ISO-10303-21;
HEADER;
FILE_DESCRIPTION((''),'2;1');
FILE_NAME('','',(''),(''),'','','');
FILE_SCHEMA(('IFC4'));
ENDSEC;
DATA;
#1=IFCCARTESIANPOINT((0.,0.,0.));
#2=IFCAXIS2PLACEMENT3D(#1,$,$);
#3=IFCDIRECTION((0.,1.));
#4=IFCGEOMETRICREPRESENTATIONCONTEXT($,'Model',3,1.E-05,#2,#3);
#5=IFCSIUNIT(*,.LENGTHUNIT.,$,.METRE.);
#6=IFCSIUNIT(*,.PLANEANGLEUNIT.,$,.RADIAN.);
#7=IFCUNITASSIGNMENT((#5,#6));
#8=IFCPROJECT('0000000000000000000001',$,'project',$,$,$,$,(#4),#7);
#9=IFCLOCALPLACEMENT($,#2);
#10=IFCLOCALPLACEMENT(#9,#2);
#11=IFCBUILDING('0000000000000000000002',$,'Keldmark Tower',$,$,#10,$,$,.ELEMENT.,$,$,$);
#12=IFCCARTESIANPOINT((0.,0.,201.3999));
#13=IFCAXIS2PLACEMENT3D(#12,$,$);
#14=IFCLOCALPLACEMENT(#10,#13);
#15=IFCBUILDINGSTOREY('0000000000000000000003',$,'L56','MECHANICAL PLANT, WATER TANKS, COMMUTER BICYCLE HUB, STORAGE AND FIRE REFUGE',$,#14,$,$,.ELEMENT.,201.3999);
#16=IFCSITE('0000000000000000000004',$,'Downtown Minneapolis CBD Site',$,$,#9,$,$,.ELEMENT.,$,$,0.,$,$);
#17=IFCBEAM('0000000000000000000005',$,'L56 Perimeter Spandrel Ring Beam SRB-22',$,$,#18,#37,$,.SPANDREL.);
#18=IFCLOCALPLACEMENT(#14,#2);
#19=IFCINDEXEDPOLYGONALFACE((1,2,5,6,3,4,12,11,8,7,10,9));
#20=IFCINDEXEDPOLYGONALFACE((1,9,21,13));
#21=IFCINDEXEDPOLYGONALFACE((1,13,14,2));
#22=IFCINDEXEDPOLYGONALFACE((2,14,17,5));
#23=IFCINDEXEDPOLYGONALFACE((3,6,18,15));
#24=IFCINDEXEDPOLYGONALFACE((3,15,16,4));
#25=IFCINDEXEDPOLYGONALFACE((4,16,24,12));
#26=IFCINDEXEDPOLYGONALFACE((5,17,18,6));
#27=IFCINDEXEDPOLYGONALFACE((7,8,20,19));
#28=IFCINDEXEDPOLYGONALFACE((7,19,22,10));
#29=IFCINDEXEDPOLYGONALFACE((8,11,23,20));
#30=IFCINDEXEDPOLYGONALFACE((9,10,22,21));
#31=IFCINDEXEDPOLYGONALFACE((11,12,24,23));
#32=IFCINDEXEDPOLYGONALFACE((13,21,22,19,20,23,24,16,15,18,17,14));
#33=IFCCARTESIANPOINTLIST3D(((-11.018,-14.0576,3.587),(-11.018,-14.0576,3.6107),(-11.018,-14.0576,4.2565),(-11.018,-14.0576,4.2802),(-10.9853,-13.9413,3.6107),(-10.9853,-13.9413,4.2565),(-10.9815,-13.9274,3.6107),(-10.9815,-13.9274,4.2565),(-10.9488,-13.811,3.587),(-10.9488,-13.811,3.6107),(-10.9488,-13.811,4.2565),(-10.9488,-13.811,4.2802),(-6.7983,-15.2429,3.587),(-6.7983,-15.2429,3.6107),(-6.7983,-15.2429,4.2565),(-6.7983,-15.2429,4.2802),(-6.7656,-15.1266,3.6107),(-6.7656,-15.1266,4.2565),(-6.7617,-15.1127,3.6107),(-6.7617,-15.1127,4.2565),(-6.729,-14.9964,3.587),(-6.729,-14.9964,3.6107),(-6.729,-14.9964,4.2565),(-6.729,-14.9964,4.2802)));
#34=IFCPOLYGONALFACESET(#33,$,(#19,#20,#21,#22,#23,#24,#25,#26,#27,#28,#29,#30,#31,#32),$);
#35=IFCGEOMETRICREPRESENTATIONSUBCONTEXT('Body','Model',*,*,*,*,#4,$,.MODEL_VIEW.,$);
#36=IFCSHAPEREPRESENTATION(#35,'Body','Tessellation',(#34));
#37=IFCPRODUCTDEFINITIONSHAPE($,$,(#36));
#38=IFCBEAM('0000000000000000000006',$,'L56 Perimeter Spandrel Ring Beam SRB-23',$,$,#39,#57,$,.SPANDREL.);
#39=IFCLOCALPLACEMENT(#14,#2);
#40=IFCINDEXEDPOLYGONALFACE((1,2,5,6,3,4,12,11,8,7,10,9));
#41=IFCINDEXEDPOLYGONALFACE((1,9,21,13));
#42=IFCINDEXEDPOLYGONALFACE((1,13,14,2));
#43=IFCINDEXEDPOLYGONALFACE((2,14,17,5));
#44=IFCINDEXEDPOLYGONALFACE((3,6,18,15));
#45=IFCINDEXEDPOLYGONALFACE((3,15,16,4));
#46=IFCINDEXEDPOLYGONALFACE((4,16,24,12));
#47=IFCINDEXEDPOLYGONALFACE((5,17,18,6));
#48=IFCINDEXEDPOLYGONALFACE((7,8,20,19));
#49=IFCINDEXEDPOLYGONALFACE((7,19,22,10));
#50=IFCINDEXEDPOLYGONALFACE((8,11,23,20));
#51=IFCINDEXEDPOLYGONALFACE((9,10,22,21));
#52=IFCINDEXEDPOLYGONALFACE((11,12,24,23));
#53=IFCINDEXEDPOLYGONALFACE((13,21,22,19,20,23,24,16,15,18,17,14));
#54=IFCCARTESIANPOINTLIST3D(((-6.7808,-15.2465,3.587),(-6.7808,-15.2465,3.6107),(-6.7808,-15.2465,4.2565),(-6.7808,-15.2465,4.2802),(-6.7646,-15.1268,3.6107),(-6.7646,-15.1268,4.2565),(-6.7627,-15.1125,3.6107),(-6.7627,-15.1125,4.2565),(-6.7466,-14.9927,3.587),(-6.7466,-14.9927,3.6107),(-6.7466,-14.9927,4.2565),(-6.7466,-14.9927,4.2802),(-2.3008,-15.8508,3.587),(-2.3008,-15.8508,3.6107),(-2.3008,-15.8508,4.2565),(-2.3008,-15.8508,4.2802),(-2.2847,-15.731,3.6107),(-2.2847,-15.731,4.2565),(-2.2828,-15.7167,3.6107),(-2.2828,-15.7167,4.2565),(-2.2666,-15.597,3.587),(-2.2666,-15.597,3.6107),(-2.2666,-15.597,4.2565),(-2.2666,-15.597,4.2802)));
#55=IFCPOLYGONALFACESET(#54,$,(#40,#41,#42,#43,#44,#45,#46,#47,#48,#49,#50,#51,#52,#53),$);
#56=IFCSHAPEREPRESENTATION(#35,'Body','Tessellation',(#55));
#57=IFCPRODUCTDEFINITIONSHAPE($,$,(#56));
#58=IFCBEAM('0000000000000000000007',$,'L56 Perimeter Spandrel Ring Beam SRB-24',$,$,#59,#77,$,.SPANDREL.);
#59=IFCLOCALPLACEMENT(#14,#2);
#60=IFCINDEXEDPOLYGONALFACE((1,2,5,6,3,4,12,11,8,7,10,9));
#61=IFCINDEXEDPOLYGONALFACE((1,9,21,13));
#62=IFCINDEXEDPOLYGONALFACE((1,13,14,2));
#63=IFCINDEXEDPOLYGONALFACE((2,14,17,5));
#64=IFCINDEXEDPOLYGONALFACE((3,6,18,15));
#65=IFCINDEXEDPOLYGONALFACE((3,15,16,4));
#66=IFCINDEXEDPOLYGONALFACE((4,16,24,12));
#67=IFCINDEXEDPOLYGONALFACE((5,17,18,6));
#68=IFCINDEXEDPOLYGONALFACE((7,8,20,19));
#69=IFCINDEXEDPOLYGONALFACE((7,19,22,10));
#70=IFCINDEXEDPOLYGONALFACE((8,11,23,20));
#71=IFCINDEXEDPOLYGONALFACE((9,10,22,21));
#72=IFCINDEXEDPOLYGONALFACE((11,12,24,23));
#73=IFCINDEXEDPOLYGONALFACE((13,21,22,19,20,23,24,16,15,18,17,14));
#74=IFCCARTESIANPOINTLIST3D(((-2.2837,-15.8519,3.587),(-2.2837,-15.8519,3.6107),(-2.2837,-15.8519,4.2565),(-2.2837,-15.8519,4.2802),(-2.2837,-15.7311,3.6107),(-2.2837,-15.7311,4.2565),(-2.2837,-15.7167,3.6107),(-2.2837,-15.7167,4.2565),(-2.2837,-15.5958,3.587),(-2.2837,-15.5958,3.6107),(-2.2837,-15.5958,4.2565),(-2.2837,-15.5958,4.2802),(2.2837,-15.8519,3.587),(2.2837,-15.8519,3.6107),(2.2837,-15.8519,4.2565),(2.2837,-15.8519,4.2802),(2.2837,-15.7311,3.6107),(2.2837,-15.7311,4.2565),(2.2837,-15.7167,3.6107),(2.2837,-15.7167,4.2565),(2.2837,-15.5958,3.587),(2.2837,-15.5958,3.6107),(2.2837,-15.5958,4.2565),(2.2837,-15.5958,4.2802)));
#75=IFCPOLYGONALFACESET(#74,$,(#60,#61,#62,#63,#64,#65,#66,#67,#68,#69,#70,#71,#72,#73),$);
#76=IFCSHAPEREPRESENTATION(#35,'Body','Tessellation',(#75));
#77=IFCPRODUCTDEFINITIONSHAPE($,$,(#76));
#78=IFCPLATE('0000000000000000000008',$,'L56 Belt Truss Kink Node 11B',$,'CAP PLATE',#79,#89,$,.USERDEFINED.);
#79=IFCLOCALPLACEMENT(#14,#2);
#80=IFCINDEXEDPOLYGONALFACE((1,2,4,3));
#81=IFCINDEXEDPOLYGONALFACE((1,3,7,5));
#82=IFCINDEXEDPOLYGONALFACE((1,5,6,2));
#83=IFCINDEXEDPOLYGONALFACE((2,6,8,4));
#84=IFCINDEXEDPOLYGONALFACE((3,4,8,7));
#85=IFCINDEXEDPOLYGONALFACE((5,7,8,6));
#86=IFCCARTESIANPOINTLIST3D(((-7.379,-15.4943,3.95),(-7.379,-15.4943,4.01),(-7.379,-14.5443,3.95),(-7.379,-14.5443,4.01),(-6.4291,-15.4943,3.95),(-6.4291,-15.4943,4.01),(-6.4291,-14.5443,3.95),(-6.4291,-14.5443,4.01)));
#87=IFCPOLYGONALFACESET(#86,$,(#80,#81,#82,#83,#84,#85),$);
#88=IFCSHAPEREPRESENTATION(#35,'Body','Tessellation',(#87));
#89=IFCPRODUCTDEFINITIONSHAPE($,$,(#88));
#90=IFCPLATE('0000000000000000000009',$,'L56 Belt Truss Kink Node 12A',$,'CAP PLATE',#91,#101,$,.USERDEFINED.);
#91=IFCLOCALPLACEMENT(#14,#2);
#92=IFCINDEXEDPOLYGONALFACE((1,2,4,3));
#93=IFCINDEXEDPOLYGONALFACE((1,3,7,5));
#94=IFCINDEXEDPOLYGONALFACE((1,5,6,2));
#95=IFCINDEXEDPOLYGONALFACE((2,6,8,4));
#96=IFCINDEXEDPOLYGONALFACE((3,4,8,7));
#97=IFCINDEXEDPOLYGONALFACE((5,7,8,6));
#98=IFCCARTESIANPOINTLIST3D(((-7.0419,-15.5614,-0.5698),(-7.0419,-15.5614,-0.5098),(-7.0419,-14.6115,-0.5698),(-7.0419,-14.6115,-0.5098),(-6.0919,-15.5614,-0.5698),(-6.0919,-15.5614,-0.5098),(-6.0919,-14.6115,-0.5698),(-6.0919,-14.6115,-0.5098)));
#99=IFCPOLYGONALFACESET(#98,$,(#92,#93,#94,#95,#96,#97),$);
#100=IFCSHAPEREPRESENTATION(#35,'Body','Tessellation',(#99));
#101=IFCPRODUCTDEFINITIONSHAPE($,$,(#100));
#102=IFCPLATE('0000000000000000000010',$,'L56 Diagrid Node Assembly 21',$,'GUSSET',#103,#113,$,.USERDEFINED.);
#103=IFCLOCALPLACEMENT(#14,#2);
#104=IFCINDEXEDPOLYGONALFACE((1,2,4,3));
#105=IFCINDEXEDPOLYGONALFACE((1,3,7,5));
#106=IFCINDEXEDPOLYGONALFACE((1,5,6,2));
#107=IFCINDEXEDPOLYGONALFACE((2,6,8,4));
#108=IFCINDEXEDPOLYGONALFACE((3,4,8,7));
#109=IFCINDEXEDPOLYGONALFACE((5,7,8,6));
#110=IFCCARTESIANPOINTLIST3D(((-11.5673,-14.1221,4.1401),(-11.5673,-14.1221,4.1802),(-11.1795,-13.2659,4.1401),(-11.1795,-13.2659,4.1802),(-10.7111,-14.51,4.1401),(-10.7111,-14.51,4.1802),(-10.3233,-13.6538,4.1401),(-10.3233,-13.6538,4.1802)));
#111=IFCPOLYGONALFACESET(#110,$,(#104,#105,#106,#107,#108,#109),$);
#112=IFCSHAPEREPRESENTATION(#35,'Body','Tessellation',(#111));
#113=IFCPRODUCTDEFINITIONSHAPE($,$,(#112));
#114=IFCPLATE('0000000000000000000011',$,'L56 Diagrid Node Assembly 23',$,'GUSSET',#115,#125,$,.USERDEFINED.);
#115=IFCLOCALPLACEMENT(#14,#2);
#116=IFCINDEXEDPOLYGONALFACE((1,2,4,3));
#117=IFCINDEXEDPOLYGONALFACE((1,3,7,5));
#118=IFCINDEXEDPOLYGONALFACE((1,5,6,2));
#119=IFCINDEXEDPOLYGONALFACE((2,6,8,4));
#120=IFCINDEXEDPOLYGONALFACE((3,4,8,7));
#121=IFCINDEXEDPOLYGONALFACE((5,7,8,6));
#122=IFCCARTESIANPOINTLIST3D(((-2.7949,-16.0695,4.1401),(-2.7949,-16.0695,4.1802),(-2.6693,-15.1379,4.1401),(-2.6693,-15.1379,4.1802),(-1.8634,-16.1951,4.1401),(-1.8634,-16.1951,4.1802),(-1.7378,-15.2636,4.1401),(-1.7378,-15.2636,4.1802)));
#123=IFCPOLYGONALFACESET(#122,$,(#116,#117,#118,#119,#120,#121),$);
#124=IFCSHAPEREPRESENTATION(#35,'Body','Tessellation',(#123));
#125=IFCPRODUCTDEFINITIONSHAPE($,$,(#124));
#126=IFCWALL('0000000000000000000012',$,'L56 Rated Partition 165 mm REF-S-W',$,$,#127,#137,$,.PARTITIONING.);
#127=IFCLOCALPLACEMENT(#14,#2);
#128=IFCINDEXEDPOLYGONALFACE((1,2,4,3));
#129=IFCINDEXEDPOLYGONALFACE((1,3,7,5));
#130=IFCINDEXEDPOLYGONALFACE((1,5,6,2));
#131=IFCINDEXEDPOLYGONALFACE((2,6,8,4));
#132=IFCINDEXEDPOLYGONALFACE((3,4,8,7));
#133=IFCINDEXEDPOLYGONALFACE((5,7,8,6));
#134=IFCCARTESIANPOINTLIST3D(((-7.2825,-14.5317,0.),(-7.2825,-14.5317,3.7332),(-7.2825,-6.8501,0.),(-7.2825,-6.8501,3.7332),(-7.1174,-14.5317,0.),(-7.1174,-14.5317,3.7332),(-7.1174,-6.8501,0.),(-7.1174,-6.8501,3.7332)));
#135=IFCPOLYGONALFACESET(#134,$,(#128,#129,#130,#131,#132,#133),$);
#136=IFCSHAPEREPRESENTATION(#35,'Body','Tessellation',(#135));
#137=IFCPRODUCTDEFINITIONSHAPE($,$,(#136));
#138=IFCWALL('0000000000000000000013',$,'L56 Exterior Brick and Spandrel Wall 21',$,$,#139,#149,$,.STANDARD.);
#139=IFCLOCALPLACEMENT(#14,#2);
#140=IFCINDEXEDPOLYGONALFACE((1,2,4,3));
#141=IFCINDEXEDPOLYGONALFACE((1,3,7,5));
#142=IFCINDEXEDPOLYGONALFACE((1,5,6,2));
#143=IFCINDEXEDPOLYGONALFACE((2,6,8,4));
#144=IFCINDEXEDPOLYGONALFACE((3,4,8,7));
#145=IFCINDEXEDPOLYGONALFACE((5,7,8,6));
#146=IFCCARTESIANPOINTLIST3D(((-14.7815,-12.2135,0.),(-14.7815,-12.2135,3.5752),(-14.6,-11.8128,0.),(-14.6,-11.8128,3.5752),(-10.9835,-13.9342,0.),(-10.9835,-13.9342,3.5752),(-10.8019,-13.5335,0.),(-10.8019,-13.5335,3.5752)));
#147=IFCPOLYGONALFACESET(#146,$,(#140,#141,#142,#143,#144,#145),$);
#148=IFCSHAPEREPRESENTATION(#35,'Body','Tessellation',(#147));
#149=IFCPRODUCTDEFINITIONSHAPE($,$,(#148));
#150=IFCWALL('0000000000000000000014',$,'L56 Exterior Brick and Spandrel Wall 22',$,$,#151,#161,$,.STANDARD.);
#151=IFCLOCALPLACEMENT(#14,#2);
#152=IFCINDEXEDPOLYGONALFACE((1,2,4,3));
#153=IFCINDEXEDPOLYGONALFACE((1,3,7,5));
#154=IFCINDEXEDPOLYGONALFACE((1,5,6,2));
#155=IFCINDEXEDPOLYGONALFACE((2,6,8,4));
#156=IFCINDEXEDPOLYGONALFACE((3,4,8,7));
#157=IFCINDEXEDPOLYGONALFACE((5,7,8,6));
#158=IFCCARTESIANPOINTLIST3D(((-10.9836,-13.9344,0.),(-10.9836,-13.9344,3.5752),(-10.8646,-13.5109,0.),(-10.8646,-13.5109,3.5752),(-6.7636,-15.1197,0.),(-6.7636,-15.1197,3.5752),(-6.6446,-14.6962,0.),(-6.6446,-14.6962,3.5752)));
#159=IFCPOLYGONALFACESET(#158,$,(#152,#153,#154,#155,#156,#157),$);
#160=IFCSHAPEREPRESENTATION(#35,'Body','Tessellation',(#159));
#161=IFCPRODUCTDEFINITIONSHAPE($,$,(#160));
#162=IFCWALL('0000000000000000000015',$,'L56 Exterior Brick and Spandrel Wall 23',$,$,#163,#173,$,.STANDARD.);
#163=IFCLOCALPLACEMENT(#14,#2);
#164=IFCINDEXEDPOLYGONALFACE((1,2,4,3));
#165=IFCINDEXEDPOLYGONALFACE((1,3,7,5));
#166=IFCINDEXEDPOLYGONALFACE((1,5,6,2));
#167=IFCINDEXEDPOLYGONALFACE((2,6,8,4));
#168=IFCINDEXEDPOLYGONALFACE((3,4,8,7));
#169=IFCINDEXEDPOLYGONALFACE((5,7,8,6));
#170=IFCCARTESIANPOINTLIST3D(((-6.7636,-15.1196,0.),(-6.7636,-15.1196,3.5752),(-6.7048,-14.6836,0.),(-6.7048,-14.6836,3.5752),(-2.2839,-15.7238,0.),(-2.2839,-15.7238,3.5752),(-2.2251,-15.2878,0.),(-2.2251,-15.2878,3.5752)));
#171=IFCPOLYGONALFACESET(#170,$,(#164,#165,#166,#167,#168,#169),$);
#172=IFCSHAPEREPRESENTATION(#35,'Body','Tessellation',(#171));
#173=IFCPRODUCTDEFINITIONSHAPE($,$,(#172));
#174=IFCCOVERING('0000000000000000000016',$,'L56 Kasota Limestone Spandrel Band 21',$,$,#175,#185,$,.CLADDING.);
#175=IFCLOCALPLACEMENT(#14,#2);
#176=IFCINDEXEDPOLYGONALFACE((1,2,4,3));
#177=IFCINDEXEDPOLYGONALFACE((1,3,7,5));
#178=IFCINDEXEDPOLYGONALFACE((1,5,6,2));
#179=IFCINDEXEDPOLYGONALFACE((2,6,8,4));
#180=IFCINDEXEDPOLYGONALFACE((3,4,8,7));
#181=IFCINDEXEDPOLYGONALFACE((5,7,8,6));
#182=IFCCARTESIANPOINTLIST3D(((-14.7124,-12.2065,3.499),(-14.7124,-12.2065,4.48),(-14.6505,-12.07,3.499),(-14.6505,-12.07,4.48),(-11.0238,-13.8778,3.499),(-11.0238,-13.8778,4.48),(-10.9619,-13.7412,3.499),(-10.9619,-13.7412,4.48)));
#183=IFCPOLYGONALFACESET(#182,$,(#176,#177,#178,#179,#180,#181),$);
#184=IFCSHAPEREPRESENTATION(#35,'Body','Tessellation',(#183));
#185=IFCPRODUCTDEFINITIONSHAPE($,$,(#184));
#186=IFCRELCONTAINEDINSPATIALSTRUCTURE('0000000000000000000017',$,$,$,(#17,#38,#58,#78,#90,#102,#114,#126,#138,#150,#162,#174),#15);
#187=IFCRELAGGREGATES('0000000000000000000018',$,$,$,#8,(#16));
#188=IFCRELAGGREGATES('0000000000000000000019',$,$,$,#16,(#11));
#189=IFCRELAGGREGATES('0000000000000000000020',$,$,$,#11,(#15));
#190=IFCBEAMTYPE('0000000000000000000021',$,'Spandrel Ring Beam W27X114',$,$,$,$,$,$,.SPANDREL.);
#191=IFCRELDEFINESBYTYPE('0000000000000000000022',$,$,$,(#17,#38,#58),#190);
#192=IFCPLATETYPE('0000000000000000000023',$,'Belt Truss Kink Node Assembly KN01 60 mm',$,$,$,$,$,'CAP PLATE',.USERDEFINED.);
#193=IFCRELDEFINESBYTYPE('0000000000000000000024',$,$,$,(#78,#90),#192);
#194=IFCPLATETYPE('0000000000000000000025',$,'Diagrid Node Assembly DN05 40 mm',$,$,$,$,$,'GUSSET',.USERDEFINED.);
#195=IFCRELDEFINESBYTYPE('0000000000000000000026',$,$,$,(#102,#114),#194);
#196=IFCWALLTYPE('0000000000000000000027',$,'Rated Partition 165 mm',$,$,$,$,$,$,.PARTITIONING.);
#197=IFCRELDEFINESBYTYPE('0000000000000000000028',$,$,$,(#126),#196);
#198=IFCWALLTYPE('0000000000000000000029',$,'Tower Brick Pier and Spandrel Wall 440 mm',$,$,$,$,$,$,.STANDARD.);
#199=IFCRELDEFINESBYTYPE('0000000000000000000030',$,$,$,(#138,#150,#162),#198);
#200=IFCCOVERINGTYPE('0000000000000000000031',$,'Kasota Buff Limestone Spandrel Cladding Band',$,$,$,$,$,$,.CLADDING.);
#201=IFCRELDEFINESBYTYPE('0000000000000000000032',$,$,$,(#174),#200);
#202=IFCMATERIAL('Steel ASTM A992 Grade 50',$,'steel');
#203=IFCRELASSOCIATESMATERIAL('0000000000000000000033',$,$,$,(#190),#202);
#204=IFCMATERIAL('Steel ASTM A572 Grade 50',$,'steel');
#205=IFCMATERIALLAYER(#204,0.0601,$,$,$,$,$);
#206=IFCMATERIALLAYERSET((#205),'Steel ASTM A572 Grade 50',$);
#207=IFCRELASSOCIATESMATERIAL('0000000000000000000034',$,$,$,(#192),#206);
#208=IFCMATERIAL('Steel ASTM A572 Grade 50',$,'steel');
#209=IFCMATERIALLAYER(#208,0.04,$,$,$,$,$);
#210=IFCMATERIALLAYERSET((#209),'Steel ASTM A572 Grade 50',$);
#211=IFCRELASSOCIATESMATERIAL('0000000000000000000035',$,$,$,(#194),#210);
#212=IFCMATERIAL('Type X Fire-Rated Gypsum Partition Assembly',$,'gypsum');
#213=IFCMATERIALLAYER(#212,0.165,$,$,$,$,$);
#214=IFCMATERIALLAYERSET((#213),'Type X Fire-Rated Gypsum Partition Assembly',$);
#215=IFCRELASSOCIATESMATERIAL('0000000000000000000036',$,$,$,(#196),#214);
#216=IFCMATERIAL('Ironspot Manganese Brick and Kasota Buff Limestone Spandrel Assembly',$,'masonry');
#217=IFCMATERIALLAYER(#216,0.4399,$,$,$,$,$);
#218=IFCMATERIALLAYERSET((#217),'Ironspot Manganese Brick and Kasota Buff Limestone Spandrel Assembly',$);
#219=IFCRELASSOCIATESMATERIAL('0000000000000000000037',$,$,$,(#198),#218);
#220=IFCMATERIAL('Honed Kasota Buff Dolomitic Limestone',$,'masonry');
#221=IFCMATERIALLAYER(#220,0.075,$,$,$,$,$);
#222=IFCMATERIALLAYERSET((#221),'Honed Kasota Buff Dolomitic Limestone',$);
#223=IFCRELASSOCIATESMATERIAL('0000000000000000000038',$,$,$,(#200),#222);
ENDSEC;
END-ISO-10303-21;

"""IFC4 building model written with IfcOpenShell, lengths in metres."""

from ifc_helpers import new_model, si_unit, direction, frame, frame_2d, origin, origin_2d, place, context, subcontext, project, spatial, rectangle, i_section, extrude, material, layer, layer_set, material_profile, profile_set, type_object, element, save


model = new_model("IFC4")

# Units and contexts
model_context = context("Model", 3, precision=1e-05, world=origin(), true_north=direction((0.0, 1.0)))
body_context = subcontext(model_context, "Body", "Model", "MODEL_VIEW")
ifc_project = project(units=[si_unit("LENGTHUNIT", "METRE"), si_unit("PLANEANGLEUNIT", "RADIAN")], contexts=[model_context])

# Site, building, storey
site_placement = place(None, origin())
site = spatial("IfcSite", under=ifc_project, at=site_placement, Name="Downtown Minneapolis CBD Site", CompositionType="ELEMENT", RefElevation=0.0)
building_placement = place(site_placement, origin())
building = spatial("IfcBuilding", under=site, at=building_placement, Name="Keldmark Tower", CompositionType="ELEMENT")
storey_placement = place(building_placement, frame((0.0, 0.0, 201.3999)))
storey = spatial("IfcBuildingStorey", under=building, at=storey_placement, Name="L56", Description="MECHANICAL PLANT, WATER TANKS, COMMUTER BICYCLE HUB, STORAGE AND FIRE REFUGE", CompositionType="ELEMENT", Elevation=201.3999)

# Beams
ifc_material_1 = material(Name="Steel ASTM A992 Grade 50", Category="steel")
ifc_material_profile_1 = material_profile(ifc_material_1, i_section(OverallWidth=0.2561, OverallDepth=0.6931, WebThickness=0.0144, FlangeThickness=0.0237, at=origin_2d()), Name="W27X114")
ifc_profile_set_1 = profile_set([ifc_material_profile_1], Name="Steel ASTM A992 Grade 50")
beam_type_1 = type_object("IfcBeamType", Name="Spandrel Ring Beam W27X114", PredefinedType="SPANDREL", material=ifc_profile_set_1)
beam_1_placement = place(storey_placement, frame((-10.9834, -13.9343, 3.9336), z_axis=(0.96274, -0.270429, 0.0), x_axis=(0.270429, 0.96274, 0.0)))
element("IfcBeam", 1, at=beam_1_placement, inside=storey, type_object=beam_type_1, Name="L56 Perimeter Spandrel Ring Beam SRB-22", PredefinedType="SPANDREL", context=body_context, shape_type="SweptSolid", body=[
    extrude(i_section(OverallWidth=0.2561, OverallDepth=0.6931, WebThickness=0.0144, FlangeThickness=0.0237, at=origin_2d()), origin(), (0.0, 0.0, 1.0), 4.3831),
])
beam_2_placement = place(storey_placement, frame((-6.7637, -15.1196, 3.9336), z_axis=(0.991026, -0.133667, 0.0), x_axis=(0.133667, 0.991026, 0.0)))
element("IfcBeam", 2, at=beam_2_placement, inside=storey, type_object=beam_type_1, Name="L56 Perimeter Spandrel Ring Beam SRB-23", PredefinedType="SPANDREL", context=body_context, shape_type="SweptSolid", body=[
    extrude(i_section(OverallWidth=0.2561, OverallDepth=0.6931, WebThickness=0.0144, FlangeThickness=0.0237, at=origin_2d()), origin(), (0.0, 0.0, 1.0), 4.5205),
])
beam_3_placement = place(storey_placement, frame((-2.2837, -15.7239, 3.9336), z_axis=(1.0, 0.0, 0.0), x_axis=(0.0, 1.0, 0.0)))
element("IfcBeam", 3, at=beam_3_placement, inside=storey, type_object=beam_type_1, Name="L56 Perimeter Spandrel Ring Beam SRB-24", PredefinedType="SPANDREL", context=body_context, shape_type="SweptSolid", body=[
    extrude(i_section(OverallWidth=0.2561, OverallDepth=0.6931, WebThickness=0.0144, FlangeThickness=0.0237, at=origin_2d()), origin(), (0.0, 0.0, 1.0), 4.5674),
])

# Plates
ifc_material_2 = material(Name="Steel ASTM A572 Grade 50", Category="steel")
ifc_layer_1 = layer(ifc_material_2, 0.0601)
ifc_layer_set_1 = layer_set([ifc_layer_1], Name="Steel ASTM A572 Grade 50")
plate_type_1 = type_object("IfcPlateType", Name="Belt Truss Kink Node Assembly KN01 60 mm", ElementType="CAP PLATE", PredefinedType="USERDEFINED", material=ifc_layer_set_1)
for number, where, z_axis, x_axis, name in (
    (4, (-6.9041, -15.0193, 3.95), (0.0, 0.0, 1.0), (1.0, 0.0, 0.0), "L56 Belt Truss Kink Node 11B"),
    (5, (-6.5669, -15.0864, -0.5698), (0.0, 0.0, 1.0), (1.0, 0.0, 0.0), "L56 Belt Truss Kink Node 12A"),
):
    element("IfcPlate", number, at=place(storey_placement, frame(where, z_axis=z_axis, x_axis=x_axis)), inside=storey, type_object=plate_type_1, Name=name, ObjectType="CAP PLATE", PredefinedType="USERDEFINED", context=body_context, shape_type="SweptSolid", body=[
        extrude(rectangle(XDim=0.95, YDim=0.95, at=origin_2d()), origin(), (0.0, 0.0, 1.0), 0.0601),
    ])
ifc_material_3 = material(Name="Steel ASTM A572 Grade 50", Category="steel")
ifc_layer_2 = layer(ifc_material_3, 0.04)
ifc_layer_set_2 = layer_set([ifc_layer_2], Name="Steel ASTM A572 Grade 50")
plate_type_2 = type_object("IfcPlateType", Name="Diagrid Node Assembly DN05 40 mm", ElementType="GUSSET", PredefinedType="USERDEFINED", material=ifc_layer_set_2)
for number, where, z_axis, x_axis, name in (
    (6, (-10.9453, -13.8879, 4.1401), (0.0, 0.0, 1.0), (0.9109, -0.412628, 0.0), "L56 Diagrid Node Assembly 21"),
    (7, (-2.2664, -15.6665, 4.1401), (0.0, 0.0, 1.0), (0.99103, -0.13364, 0.0), "L56 Diagrid Node Assembly 23"),
):
    element("IfcPlate", number, at=place(storey_placement, frame(where, z_axis=z_axis, x_axis=x_axis)), inside=storey, type_object=plate_type_2, Name=name, ObjectType="GUSSET", PredefinedType="USERDEFINED", context=body_context, shape_type="SweptSolid", body=[
        extrude(rectangle(XDim=0.9399, YDim=0.9399, at=origin_2d()), origin(), (0.0, 0.0, 1.0), 0.04),
    ])

# Walls
ifc_material_4 = material(Name="Type X Fire-Rated Gypsum Partition Assembly", Category="gypsum")
ifc_layer_3 = layer(ifc_material_4, 0.165)
ifc_layer_set_3 = layer_set([ifc_layer_3], Name="Type X Fire-Rated Gypsum Partition Assembly")
wall_type_1 = type_object("IfcWallType", Name="Rated Partition 165 mm", PredefinedType="PARTITIONING", material=ifc_layer_set_3)
wall_1_placement = place(storey_placement, frame((-7.2, -14.5317, 0.0), z_axis=(0.0, 0.0, 1.0), x_axis=(0.0, 1.0, 0.0)))
element("IfcWall", 8, at=wall_1_placement, inside=storey, type_object=wall_type_1, Name="L56 Rated Partition 165 mm REF-S-W", PredefinedType="PARTITIONING", context=body_context, shape_type="SweptSolid", body=[
    extrude(rectangle(XDim=7.6816, YDim=0.165, at=frame_2d((3.8408, 0.0))), origin(), (0.0, 0.0, 1.0), 3.7332),
])
ifc_material_5 = material(Name="Ironspot Manganese Brick and Kasota Buff Limestone Spandrel Assembly", Category="masonry")
ifc_layer_4 = layer(ifc_material_5, 0.4399)
ifc_layer_set_4 = layer_set([ifc_layer_4], Name="Ironspot Manganese Brick and Kasota Buff Limestone Spandrel Assembly")
wall_type_2 = type_object("IfcWallType", Name="Tower Brick Pier and Spandrel Wall 440 mm", PredefinedType="STANDARD", material=ifc_layer_set_4)
wall_2_placement = place(storey_placement, frame((-10.8926, -13.7339, 0.0), z_axis=(0.0, 0.0, 1.0), x_axis=(-0.910881, 0.412669, 0.0)))
element("IfcWall", 9, at=wall_2_placement, inside=storey, type_object=wall_type_2, Name="L56 Exterior Brick and Spandrel Wall 21", PredefinedType="STANDARD", context=body_context, shape_type="SweptSolid", body=[
    extrude(rectangle(XDim=4.1697, YDim=0.4399, at=frame_2d((2.085, 0.0))), origin(), (0.0, 0.0, 1.0), 3.5752),
])
wall_3_placement = place(storey_placement, frame((-6.7041, -14.908, 0.0), z_axis=(0.0, 0.0, 1.0), x_axis=(-0.962744, 0.270415, 0.0)))
element("IfcWall", 10, at=wall_3_placement, inside=storey, type_object=wall_type_2, Name="L56 Exterior Brick and Spandrel Wall 22", PredefinedType="STANDARD", context=body_context, shape_type="SweptSolid", body=[
    extrude(rectangle(XDim=4.3833, YDim=0.4399, at=frame_2d((2.1917, 0.0))), origin(), (0.0, 0.0, 1.0), 3.5752),
])
wall_4_placement = place(storey_placement, frame((-2.2544, -15.5059, 0.0), z_axis=(0.0, 0.0, 1.0), x_axis=(-0.991025, 0.133674, 0.0)))
element("IfcWall", 11, at=wall_4_placement, inside=storey, type_object=wall_type_2, Name="L56 Exterior Brick and Spandrel Wall 23", PredefinedType="STANDARD", context=body_context, shape_type="SweptSolid", body=[
    extrude(rectangle(XDim=4.5203, YDim=0.4399, at=frame_2d((2.2603, 0.0))), origin(), (0.0, 0.0, 1.0), 3.5752),
])

# Covering
ifc_material_6 = material(Name="Honed Kasota Buff Dolomitic Limestone", Category="masonry")
ifc_layer_5 = layer(ifc_material_6, 0.075)
ifc_layer_set_5 = layer_set([ifc_layer_5], Name="Honed Kasota Buff Dolomitic Limestone")
covering_type = type_object("IfcCoveringType", Name="Kasota Buff Limestone Spandrel Cladding Band", PredefinedType="CLADDING", material=ifc_layer_set_5)
covering_placement = place(storey_placement, frame((-12.8372, -12.9739, 3.499), z_axis=(0.0, 0.0, 1.0), x_axis=(0.910864, -0.412707, 0.0)))
element("IfcCovering", 12, at=covering_placement, inside=storey, type_object=covering_type, Name="L56 Kasota Limestone Spandrel Band 21", PredefinedType="CLADDING", context=body_context, shape_type="SweptSolid", body=[
    extrude(rectangle(XDim=4.0496, YDim=0.1499, at=origin_2d()), origin(), (0.0, 0.0, 1.0), 0.981),
])

save(model, "model.ifc")
